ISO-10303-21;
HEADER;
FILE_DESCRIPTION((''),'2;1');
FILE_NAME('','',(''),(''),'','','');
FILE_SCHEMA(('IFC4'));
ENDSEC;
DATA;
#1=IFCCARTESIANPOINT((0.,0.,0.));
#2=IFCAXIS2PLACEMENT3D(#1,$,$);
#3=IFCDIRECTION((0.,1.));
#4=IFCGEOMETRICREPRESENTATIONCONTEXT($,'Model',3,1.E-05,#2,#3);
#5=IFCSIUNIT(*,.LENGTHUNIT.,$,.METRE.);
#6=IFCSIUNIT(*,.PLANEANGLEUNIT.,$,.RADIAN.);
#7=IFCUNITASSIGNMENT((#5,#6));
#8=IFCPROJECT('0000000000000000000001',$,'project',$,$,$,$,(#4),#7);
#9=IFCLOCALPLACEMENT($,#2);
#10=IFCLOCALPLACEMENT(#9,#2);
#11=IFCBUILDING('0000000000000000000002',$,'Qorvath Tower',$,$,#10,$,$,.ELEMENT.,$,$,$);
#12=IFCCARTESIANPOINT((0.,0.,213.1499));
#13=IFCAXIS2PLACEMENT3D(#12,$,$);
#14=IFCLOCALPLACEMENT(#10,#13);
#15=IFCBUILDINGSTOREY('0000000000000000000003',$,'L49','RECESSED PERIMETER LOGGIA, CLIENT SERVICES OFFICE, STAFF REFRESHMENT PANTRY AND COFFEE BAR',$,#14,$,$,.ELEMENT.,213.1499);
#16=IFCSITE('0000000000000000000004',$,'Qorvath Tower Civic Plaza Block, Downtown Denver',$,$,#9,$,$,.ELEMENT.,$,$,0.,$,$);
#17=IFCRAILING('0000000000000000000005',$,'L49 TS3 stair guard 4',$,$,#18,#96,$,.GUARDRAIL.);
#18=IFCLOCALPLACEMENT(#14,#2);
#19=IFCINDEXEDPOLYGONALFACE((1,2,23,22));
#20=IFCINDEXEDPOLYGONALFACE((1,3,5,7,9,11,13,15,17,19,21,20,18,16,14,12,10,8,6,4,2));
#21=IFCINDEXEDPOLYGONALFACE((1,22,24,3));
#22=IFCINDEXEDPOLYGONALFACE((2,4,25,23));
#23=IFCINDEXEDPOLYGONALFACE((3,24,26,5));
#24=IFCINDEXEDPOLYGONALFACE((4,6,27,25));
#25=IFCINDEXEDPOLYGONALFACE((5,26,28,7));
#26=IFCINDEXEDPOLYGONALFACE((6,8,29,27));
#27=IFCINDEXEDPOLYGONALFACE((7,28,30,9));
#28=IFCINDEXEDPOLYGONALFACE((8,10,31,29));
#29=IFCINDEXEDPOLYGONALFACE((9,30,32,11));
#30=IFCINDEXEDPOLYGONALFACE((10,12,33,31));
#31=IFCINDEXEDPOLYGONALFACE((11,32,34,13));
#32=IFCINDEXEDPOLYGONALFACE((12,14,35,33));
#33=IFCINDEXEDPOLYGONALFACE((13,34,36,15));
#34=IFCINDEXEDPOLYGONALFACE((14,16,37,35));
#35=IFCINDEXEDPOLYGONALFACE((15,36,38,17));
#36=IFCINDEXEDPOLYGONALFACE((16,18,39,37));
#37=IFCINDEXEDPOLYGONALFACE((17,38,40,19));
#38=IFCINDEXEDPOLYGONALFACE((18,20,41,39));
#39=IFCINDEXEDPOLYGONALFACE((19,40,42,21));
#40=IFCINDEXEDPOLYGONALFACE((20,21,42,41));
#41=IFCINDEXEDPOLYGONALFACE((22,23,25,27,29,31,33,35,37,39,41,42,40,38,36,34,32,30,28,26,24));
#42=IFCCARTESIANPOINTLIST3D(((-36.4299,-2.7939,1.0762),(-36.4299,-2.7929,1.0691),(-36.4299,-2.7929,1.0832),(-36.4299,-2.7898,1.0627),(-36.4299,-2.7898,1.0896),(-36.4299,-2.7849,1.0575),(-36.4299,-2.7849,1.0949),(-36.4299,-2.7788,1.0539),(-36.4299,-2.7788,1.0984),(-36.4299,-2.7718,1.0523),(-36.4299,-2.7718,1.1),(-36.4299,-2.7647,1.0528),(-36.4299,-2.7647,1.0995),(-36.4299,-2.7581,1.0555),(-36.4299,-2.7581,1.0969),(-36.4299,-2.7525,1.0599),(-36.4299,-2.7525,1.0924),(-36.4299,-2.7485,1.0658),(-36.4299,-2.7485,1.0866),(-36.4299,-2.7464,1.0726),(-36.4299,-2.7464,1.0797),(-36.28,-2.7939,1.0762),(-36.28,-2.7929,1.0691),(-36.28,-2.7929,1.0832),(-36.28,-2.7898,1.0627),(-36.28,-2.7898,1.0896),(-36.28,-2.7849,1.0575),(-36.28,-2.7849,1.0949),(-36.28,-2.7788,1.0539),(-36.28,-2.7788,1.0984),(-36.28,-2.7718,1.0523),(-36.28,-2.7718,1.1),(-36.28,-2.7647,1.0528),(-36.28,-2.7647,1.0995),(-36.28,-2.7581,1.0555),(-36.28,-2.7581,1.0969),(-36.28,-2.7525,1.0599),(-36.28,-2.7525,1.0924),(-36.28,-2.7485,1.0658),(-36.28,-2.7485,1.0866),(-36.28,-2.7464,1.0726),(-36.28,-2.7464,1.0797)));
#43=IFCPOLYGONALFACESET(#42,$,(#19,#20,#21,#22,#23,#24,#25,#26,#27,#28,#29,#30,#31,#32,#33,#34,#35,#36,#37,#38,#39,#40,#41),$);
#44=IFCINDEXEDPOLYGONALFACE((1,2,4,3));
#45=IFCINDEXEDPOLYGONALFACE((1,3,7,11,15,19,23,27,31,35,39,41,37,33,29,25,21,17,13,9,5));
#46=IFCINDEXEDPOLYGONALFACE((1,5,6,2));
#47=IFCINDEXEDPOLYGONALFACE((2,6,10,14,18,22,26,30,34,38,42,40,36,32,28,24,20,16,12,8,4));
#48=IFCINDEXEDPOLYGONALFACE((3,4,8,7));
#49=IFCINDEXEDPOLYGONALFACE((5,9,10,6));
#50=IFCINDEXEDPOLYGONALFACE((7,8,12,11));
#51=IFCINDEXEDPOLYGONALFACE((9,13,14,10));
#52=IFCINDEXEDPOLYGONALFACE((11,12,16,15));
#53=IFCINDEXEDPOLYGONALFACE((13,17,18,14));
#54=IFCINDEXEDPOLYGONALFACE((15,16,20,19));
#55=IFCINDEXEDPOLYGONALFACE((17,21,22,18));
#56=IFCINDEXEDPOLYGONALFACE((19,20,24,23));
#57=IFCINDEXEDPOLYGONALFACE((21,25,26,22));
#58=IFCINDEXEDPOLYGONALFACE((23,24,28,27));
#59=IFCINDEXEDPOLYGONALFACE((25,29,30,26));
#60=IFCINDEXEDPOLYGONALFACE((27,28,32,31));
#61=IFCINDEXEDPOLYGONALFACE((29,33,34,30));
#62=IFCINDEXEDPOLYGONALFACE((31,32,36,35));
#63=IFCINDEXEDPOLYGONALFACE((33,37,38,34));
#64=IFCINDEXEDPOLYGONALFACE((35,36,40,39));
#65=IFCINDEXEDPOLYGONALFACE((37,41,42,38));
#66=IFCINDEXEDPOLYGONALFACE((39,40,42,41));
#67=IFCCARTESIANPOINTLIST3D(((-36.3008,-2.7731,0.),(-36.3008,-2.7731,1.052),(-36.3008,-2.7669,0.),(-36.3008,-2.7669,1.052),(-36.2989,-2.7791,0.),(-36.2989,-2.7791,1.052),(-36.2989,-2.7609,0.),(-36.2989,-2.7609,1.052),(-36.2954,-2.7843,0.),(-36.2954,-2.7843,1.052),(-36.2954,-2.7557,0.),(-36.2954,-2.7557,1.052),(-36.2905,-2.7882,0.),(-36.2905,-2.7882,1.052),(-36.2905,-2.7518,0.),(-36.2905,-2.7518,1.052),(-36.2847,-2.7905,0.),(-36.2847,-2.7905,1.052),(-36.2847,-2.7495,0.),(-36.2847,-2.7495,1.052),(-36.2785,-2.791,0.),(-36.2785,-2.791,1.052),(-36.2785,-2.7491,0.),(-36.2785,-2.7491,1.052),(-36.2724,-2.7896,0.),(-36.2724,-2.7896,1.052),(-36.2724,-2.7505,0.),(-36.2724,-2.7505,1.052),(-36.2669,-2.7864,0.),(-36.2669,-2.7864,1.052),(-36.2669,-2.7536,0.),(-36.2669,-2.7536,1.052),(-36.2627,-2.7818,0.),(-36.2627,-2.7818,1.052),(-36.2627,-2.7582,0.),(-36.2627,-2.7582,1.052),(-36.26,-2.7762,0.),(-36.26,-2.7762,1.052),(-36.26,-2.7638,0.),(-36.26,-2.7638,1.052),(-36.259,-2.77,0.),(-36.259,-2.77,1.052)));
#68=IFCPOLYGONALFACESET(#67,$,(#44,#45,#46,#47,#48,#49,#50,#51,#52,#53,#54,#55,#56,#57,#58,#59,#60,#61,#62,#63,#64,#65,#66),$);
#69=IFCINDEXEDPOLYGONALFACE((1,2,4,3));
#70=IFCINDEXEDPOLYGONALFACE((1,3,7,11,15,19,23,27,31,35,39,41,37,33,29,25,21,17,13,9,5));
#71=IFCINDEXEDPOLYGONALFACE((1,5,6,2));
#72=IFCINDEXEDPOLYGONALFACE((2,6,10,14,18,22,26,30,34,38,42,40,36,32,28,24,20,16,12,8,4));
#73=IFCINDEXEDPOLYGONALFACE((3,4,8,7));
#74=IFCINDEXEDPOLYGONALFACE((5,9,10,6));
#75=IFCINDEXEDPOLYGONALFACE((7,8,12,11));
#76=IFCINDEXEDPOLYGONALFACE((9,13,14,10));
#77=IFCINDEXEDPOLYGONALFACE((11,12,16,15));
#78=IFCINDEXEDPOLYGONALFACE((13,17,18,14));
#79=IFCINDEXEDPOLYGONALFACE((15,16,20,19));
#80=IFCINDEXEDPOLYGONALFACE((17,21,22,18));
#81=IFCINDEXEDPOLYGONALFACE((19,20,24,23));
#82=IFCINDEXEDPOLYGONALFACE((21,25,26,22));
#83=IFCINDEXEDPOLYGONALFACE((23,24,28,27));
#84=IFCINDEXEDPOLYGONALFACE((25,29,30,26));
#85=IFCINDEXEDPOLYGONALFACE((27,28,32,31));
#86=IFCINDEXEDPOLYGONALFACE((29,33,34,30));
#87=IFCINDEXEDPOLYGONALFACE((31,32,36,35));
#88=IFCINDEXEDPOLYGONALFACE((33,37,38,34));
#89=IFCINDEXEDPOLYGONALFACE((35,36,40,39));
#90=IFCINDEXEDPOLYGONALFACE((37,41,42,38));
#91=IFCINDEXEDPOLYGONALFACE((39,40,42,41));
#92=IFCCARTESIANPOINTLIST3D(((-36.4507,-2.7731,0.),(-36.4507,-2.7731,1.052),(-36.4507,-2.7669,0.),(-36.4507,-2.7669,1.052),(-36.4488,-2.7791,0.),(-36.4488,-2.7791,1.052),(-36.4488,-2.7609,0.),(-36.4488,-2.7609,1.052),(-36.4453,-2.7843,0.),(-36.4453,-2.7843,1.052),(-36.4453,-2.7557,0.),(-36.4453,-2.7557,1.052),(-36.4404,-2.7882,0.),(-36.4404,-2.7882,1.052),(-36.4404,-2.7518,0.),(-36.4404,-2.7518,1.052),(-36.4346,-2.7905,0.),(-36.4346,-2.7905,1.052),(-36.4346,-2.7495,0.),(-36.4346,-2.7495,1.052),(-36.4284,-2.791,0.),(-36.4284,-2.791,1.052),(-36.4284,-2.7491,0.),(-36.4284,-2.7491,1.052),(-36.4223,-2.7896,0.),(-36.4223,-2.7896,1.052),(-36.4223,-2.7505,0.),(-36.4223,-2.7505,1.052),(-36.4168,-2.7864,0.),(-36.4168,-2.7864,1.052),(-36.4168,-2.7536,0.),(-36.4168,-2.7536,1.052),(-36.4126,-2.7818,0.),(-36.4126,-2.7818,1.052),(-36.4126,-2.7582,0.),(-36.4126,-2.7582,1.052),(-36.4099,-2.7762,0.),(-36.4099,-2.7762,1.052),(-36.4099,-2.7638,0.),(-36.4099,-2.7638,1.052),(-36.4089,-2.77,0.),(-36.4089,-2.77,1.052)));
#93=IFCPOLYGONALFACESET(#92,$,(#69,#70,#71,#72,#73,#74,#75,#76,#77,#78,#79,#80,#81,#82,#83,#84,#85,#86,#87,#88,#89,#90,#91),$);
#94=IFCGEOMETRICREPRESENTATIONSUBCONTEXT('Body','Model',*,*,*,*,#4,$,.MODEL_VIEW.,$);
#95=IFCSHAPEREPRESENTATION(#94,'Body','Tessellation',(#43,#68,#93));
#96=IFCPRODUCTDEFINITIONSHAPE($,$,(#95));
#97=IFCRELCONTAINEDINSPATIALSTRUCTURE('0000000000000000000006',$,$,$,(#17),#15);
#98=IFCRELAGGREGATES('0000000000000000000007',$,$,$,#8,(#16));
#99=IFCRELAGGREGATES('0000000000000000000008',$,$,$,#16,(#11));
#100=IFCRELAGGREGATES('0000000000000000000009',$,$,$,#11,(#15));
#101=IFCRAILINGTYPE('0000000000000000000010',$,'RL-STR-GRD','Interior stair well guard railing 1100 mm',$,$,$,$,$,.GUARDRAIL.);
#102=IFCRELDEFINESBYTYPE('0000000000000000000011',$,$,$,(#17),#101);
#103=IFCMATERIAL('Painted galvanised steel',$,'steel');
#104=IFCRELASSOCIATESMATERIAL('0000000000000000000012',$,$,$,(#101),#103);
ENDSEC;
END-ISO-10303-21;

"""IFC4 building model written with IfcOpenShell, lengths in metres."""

from ifc_helpers import new_model, si_unit, direction, frame, origin, origin_2d, place, context, subcontext, project, spatial, circle, extrude, material, type_object, element, save


model = new_model("IFC4")

# Units and contexts
model_context = context("Model", 3, precision=1e-05, world=origin(), true_north=direction((0.0, 1.0)))
body_context = subcontext(model_context, "Body", "Model", "MODEL_VIEW")
ifc_project = project(units=[si_unit("LENGTHUNIT", "METRE"), si_unit("PLANEANGLEUNIT", "RADIAN")], contexts=[model_context])

# Site, building, storey
site_placement = place(None, origin())
site = spatial("IfcSite", under=ifc_project, at=site_placement, Name="Qorvath Tower Civic Plaza Block, Downtown Denver", CompositionType="ELEMENT", RefElevation=0.0)
building_placement = place(site_placement, origin())
building = spatial("IfcBuilding", under=site, at=building_placement, Name="Qorvath Tower", CompositionType="ELEMENT")
storey_placement = place(building_placement, frame((0.0, 0.0, 213.1499)))
storey = spatial("IfcBuildingStorey", under=building, at=storey_placement, Name="L49", Description="RECESSED PERIMETER LOGGIA, CLIENT SERVICES OFFICE, STAFF REFRESHMENT PANTRY AND COFFEE BAR", CompositionType="ELEMENT", Elevation=213.1499)

# Railing
ifc_material_1 = material(Name="Painted galvanised steel", Category="steel")
railing_type_1 = type_object("IfcRailingType", Name="RL-STR-GRD", Description="Interior stair well guard railing 1100 mm", PredefinedType="GUARDRAIL", material=ifc_material_1)
railing_1_placement = place(storey_placement, frame((-36.28, -2.77, 0.0)))
element("IfcRailing", 1, at=railing_1_placement, inside=storey, type_object=railing_type_1, Name="L49 TS3 stair guard 4", PredefinedType="GUARDRAIL", context=body_context, shape_type="SweptSolid", body=[
    extrude(circle(Radius=0.0239, at=origin_2d()), frame((0.0, 0.0, 1.0762), z_axis=(-1.0, 0.0, 0.0), x_axis=(0.0, -1.0, 0.0)), (0.0, 0.0, 1.0), 0.1499),
    extrude(circle(Radius=0.021, at=origin_2d()), origin(), (0.0, 0.0, 1.0), 1.052),
    extrude(circle(Radius=0.021, at=origin_2d()), frame((-0.1499, 0.0, 0.0)), (0.0, 0.0, 1.0), 1.052),
])

save(model, "model.ifc")
